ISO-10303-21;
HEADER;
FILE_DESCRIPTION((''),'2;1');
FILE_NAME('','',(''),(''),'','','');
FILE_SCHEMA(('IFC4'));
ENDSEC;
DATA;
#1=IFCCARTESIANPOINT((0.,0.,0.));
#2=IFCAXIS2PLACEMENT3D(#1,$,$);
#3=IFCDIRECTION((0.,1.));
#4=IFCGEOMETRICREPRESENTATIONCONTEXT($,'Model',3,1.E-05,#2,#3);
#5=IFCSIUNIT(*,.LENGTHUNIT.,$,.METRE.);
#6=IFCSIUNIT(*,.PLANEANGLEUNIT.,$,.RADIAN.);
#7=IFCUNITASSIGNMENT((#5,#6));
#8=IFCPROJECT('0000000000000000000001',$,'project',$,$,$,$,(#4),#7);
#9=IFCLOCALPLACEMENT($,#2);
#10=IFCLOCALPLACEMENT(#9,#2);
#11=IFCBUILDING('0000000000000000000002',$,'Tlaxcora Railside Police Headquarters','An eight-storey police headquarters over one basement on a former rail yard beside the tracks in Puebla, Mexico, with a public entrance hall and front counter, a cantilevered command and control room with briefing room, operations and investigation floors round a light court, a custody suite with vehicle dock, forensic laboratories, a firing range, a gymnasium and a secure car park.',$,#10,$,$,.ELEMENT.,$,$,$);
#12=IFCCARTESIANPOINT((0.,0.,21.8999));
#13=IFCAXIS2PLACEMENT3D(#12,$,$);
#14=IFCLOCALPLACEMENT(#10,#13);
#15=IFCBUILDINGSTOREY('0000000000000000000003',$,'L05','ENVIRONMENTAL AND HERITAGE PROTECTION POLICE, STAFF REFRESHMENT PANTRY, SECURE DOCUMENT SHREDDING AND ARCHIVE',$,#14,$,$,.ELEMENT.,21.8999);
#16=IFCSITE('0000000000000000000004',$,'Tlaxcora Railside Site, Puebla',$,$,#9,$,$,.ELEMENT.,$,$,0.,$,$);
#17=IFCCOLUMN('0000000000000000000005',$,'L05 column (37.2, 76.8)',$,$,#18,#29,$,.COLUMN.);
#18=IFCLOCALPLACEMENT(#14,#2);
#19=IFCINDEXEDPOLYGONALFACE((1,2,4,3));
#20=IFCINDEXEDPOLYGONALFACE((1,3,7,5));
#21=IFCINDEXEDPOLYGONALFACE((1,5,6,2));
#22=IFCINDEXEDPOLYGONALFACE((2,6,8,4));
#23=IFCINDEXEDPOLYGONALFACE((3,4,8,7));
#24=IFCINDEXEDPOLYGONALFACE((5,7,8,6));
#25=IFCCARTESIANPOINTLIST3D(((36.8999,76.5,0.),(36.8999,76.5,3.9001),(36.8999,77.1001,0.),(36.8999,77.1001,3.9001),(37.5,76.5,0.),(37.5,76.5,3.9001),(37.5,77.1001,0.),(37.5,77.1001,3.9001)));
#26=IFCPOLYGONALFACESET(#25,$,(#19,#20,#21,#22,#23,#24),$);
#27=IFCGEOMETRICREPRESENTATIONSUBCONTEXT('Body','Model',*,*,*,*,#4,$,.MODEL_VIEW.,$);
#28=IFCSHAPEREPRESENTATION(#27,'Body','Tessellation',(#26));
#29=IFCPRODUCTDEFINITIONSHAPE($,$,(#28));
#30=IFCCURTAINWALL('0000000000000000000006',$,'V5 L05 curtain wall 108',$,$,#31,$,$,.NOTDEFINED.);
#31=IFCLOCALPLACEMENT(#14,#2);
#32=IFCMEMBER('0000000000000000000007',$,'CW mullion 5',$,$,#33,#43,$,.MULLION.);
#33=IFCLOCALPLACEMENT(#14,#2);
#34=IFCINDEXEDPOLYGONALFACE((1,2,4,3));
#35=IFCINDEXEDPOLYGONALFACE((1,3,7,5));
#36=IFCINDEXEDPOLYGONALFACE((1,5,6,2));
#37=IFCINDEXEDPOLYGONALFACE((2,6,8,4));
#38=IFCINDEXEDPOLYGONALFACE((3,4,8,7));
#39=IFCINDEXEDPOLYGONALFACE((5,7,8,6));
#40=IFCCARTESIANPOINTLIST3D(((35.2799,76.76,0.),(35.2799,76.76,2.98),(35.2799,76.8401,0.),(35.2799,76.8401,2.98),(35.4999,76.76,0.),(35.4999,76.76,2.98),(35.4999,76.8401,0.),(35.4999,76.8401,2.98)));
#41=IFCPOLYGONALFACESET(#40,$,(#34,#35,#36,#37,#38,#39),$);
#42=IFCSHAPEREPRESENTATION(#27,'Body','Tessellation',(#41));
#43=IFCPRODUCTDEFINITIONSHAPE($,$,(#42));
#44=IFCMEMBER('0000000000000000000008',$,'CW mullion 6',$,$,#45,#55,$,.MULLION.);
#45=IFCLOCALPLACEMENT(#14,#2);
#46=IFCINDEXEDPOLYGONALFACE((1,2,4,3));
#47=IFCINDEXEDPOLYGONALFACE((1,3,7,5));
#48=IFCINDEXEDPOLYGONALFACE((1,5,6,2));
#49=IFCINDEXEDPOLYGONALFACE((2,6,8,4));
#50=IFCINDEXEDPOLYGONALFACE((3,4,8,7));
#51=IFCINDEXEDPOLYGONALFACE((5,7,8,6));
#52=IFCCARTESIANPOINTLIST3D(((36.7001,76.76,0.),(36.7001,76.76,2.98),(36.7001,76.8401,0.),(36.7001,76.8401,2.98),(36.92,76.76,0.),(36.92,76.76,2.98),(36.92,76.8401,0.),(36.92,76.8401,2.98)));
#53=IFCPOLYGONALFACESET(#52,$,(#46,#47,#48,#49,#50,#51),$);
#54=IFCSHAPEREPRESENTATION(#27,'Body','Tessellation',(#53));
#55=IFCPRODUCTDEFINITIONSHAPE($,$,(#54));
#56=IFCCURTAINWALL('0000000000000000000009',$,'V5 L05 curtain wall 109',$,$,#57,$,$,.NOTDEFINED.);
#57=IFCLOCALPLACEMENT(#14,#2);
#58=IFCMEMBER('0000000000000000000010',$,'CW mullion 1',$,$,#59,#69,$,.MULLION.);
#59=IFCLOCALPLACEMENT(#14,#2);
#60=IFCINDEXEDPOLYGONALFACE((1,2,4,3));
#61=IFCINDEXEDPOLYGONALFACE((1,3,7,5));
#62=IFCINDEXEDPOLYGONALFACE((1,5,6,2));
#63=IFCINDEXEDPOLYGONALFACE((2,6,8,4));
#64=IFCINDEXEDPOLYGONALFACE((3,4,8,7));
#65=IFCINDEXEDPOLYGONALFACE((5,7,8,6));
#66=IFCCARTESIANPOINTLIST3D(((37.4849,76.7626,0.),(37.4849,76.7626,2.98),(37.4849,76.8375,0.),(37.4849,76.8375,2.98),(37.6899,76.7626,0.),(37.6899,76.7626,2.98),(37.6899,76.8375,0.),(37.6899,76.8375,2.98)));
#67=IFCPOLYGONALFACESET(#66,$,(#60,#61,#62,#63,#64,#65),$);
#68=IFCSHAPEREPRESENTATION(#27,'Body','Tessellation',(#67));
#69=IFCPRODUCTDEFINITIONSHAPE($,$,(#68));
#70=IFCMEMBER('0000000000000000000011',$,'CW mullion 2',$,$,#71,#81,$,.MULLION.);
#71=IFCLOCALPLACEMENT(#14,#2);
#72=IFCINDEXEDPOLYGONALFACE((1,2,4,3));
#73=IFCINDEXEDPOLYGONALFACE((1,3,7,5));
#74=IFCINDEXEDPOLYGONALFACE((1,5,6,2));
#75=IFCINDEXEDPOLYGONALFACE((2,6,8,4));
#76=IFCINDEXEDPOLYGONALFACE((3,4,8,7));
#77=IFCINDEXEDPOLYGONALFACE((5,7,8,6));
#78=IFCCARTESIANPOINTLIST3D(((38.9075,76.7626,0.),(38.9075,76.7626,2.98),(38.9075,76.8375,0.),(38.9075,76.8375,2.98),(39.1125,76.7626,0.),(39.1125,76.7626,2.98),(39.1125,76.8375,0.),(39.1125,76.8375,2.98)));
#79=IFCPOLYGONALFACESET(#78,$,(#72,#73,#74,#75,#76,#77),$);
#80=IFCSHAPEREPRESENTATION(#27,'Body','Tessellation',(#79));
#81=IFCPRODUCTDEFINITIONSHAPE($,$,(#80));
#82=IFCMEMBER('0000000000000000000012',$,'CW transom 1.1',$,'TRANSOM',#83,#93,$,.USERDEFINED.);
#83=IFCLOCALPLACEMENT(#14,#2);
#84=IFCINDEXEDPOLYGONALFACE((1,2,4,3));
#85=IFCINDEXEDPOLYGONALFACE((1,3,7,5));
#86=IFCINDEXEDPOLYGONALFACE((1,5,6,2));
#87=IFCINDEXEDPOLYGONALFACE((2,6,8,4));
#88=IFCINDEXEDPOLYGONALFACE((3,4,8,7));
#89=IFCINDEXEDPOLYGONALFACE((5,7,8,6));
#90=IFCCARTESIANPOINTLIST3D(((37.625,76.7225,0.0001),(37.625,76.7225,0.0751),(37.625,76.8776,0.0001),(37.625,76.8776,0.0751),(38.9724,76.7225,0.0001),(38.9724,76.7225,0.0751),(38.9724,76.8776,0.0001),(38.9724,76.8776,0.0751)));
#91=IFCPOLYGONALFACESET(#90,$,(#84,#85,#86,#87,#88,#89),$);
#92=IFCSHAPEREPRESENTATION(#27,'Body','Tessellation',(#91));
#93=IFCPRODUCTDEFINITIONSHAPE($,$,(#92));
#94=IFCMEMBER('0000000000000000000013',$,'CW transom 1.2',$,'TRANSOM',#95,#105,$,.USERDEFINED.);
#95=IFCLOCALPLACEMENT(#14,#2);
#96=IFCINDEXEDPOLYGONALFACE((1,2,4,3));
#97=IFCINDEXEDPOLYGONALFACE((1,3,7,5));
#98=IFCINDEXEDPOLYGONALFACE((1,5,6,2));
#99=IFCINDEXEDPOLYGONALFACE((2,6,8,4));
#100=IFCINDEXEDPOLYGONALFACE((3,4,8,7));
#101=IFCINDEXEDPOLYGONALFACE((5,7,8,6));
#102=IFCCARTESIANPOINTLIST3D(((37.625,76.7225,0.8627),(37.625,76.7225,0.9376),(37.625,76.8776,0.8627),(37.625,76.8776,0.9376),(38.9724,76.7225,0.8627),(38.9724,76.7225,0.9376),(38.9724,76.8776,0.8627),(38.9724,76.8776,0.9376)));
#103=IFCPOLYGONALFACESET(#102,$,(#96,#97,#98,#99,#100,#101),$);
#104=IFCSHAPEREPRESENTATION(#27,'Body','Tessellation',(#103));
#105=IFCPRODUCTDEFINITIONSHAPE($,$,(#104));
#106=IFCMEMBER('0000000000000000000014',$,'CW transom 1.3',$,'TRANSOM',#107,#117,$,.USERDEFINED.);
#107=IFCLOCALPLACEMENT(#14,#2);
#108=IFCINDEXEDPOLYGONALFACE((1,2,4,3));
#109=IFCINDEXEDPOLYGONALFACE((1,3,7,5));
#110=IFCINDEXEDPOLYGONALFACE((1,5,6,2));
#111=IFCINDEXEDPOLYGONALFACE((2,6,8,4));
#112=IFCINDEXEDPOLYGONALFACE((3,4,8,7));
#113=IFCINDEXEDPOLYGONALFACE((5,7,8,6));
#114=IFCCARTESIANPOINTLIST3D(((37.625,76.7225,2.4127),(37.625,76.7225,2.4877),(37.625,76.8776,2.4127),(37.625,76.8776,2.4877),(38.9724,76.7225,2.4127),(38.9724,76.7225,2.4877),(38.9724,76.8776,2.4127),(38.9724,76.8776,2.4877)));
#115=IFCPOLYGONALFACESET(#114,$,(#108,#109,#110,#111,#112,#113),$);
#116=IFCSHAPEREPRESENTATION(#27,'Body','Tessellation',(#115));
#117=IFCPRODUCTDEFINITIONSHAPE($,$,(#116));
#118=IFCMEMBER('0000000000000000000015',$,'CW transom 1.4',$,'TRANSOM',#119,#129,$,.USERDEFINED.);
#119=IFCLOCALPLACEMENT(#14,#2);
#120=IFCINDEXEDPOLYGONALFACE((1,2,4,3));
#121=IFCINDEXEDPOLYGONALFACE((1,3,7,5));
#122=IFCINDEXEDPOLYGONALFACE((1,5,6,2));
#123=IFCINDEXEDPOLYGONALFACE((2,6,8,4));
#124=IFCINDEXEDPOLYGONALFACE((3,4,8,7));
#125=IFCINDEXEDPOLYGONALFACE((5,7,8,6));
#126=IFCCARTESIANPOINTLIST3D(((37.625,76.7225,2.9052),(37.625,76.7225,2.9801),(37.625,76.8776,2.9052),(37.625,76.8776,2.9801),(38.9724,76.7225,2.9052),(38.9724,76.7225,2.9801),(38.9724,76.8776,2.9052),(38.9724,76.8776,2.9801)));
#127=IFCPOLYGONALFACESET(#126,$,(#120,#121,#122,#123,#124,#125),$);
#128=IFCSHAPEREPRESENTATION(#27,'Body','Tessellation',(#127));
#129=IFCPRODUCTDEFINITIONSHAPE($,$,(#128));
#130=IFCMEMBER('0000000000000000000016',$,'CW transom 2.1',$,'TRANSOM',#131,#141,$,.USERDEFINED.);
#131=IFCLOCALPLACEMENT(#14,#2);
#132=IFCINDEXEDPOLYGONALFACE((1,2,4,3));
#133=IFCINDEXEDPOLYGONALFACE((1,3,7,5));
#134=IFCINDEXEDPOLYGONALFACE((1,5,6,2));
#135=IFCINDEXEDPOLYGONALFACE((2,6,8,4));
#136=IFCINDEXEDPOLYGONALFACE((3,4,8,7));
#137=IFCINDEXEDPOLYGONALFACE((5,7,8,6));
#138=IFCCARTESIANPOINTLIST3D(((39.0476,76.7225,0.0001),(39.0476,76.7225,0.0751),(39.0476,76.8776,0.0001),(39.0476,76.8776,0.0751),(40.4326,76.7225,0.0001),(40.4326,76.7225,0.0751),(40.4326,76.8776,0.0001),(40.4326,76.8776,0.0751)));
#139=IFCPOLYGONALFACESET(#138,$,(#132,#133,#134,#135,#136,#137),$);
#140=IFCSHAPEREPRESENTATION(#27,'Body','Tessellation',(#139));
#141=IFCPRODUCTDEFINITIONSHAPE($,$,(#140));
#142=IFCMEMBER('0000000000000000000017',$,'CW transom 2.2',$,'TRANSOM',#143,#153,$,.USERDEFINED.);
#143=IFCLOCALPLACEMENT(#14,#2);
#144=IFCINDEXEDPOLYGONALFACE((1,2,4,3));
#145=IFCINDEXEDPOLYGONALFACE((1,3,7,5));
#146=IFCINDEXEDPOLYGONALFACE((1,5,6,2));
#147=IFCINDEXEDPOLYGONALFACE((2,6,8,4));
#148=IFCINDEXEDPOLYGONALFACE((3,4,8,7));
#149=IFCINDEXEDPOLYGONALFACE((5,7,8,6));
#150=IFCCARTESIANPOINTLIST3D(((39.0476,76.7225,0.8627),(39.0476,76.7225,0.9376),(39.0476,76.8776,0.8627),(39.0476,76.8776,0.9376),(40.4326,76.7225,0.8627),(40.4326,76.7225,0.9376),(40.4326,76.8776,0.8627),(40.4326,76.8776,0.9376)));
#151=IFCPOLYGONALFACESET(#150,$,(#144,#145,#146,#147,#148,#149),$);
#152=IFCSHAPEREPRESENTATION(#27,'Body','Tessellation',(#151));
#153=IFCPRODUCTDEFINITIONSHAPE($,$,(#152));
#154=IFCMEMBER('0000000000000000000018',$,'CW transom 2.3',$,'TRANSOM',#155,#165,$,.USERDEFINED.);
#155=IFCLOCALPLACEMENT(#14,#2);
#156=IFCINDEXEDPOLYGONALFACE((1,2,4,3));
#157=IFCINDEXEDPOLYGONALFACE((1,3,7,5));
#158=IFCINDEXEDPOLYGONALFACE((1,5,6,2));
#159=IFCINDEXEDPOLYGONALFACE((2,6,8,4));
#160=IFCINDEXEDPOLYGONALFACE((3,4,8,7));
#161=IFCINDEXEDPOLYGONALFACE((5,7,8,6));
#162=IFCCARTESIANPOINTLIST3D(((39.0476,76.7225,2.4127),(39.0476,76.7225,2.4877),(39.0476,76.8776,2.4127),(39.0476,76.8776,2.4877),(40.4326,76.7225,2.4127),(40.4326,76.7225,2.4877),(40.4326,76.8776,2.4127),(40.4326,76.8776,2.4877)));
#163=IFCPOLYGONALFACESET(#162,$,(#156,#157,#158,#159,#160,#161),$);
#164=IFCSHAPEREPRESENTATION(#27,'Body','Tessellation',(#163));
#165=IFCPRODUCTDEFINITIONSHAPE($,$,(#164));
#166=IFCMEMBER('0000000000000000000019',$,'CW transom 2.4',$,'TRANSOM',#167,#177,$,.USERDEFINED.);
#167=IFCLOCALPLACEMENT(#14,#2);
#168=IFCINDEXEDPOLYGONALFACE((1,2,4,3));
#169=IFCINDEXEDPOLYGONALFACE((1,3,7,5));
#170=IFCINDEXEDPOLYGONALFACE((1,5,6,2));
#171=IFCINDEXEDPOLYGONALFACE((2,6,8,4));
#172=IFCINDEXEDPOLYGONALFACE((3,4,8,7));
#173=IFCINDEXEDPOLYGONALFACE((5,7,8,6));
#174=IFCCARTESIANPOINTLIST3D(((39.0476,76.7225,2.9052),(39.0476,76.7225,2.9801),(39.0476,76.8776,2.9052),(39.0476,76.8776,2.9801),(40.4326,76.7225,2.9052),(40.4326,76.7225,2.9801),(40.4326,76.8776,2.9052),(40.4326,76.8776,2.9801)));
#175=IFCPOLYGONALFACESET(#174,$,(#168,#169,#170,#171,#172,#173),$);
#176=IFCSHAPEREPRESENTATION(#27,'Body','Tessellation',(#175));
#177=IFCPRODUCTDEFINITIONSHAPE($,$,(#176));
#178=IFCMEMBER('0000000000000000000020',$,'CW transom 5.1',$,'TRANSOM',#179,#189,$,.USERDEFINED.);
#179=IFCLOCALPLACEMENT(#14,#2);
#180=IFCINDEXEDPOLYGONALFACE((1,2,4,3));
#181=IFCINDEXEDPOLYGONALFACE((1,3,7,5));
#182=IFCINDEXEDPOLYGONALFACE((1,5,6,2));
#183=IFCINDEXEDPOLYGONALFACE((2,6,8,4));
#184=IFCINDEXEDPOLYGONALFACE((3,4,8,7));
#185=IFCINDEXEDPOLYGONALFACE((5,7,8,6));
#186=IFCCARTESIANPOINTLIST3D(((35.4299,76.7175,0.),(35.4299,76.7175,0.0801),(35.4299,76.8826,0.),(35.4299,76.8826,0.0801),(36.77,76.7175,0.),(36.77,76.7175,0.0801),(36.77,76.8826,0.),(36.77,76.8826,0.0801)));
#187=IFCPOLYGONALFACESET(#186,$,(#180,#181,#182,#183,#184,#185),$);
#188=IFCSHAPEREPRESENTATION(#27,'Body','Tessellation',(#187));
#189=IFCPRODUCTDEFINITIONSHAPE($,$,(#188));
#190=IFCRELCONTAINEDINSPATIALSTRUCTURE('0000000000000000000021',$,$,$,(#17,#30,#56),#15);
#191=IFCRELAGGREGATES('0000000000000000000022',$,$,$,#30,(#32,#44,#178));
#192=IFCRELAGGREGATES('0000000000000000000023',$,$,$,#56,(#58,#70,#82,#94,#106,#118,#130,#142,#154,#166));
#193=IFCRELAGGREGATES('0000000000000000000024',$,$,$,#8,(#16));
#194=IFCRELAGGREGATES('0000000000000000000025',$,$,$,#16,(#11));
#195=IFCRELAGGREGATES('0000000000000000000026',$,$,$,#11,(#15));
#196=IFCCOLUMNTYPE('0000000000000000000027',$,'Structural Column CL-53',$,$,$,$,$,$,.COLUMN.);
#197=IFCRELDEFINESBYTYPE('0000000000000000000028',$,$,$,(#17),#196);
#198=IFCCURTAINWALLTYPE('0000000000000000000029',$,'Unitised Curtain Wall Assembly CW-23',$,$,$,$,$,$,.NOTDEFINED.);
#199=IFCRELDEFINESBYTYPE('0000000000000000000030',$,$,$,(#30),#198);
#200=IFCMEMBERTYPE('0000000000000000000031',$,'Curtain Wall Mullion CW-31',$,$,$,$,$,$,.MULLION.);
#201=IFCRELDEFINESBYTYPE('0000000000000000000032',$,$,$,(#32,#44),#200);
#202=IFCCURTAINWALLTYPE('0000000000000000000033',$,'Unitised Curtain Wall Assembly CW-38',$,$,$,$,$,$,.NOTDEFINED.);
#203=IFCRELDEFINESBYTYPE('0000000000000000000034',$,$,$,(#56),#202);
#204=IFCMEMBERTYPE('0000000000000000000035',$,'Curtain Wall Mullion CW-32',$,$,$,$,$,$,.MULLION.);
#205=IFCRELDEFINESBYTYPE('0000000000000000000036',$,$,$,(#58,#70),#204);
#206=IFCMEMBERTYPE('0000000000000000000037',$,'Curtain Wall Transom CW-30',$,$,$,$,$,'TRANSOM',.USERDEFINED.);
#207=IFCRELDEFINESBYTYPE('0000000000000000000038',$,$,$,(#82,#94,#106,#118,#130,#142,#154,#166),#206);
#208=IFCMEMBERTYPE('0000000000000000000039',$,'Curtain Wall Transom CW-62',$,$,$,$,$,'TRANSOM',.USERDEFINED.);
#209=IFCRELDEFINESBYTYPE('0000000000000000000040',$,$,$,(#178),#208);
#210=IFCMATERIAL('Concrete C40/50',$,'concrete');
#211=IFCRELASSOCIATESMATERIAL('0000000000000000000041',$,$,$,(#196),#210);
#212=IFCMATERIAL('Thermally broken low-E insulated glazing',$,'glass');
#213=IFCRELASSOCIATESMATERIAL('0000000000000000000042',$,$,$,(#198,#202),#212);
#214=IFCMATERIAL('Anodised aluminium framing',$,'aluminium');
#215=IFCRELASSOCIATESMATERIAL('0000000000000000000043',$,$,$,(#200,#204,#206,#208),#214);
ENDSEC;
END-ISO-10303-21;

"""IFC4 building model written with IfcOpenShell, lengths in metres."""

from ifc_helpers import new_model, si_unit, direction, frame, origin, origin_2d, place, context, subcontext, project, spatial, rectangle, extrude, material, material_profile, profile_set, type_object, element, aggregate, save


model = new_model("IFC4")

# Units and contexts
model_context = context("Model", 3, precision=1e-05, world=origin(), true_north=direction((0.0, 1.0)))
body_context = subcontext(model_context, "Body", "Model", "MODEL_VIEW")
ifc_project = project(units=[si_unit("LENGTHUNIT", "METRE"), si_unit("PLANEANGLEUNIT", "RADIAN")], contexts=[model_context])

# Site, building, storey
site_placement = place(None, origin())
site = spatial("IfcSite", under=ifc_project, at=site_placement, Name="Tlaxcora Railside Site, Puebla", CompositionType="ELEMENT", RefElevation=0.0)
building_placement = place(site_placement, origin())
building = spatial("IfcBuilding", under=site, at=building_placement, Name="Tlaxcora Railside Police Headquarters", Description="An eight-storey police headquarters over one basement on a former rail yard beside the tracks in Puebla, Mexico, with a public entrance hall and front counter, a cantilevered command and control room with briefing room, operations and investigation floors round a light court, a custody suite with vehicle dock, forensic laboratories, a firing range, a gymnasium and a secure car park.", CompositionType="ELEMENT")
storey_placement = place(building_placement, frame((0.0, 0.0, 21.8999)))
storey = spatial("IfcBuildingStorey", under=building, at=storey_placement, Name="L05", Description="ENVIRONMENTAL AND HERITAGE PROTECTION POLICE, STAFF REFRESHMENT PANTRY, SECURE DOCUMENT SHREDDING AND ARCHIVE", CompositionType="ELEMENT", Elevation=21.8999)

# Column
ifc_material_1 = material(Name="Concrete C40/50", Category="concrete")
ifc_material_profile_1 = material_profile(ifc_material_1, rectangle(XDim=0.6001, YDim=0.6001, at=origin_2d()), Name="RC600X600")
ifc_profile_set_1 = profile_set([ifc_material_profile_1], Name="Concrete C40/50")
column_type = type_object("IfcColumnType", Name="Structural Column CL-53", PredefinedType="COLUMN", material=ifc_profile_set_1)
column_placement = place(storey_placement, frame((37.2, 76.8, 0.0), z_axis=(0.0, 0.0, 1.0), x_axis=(1.0, 0.0, 0.0)))
element("IfcColumn", 1, at=column_placement, inside=storey, type_object=column_type, Name="L05 column (37.2, 76.8)", PredefinedType="COLUMN", context=body_context, shape_type="SweptSolid", body=[
    extrude(rectangle(XDim=0.6001, YDim=0.6001, at=origin_2d()), origin(), (0.0, 0.0, 1.0), 3.9001),
])

# Curtain walls, members
ifc_material_2 = material(Name="Thermally broken low-E insulated glazing", Category="glass")
curtain_wall_type_1 = type_object("IfcCurtainWallType", Name="Unitised Curtain Wall Assembly CW-23", PredefinedType="NOTDEFINED", material=ifc_material_2)
curtain_wall_1_placement = place(storey_placement, origin())
curtain_wall_1 = element("IfcCurtainWall", 2, at=curtain_wall_1_placement, inside=storey, type_object=curtain_wall_type_1, Name="V5 L05 curtain wall 108", PredefinedType="NOTDEFINED")
ifc_material_3 = material(Name="Anodised aluminium framing", Category="aluminium")
ifc_material_profile_2 = material_profile(ifc_material_3, rectangle(XDim=0.0801, YDim=0.22, at=origin_2d()), Name="AL80X220")
ifc_profile_set_2 = profile_set([ifc_material_profile_2], Name="Anodised aluminium framing")
member_type_1 = type_object("IfcMemberType", Name="Curtain Wall Mullion CW-31", PredefinedType="MULLION", material=ifc_profile_set_2)
member_1_placement = place(storey_placement, frame((35.3899, 76.8, 0.0), z_axis=(0.0, 0.0, 1.0), x_axis=(0.0, 1.0, 0.0)))
member_1 = element("IfcMember", 3, at=member_1_placement, type_object=member_type_1, Name="CW mullion 5", PredefinedType="MULLION", context=body_context, shape_type="SweptSolid", body=[
    extrude(rectangle(XDim=0.0801, YDim=0.22, at=origin_2d()), origin(), (0.0, 0.0, 1.0), 2.98),
])
member_2_placement = place(storey_placement, frame((36.8101, 76.8, 0.0), z_axis=(0.0, 0.0, 1.0), x_axis=(0.0, 1.0, 0.0)))
member_2 = element("IfcMember", 4, at=member_2_placement, type_object=member_type_1, Name="CW mullion 6", PredefinedType="MULLION", context=body_context, shape_type="SweptSolid", body=[
    extrude(rectangle(XDim=0.0801, YDim=0.22, at=origin_2d()), origin(), (0.0, 0.0, 1.0), 2.98),
])
curtain_wall_type_2 = type_object("IfcCurtainWallType", Name="Unitised Curtain Wall Assembly CW-38", PredefinedType="NOTDEFINED", material=ifc_material_2)
curtain_wall_2_placement = place(storey_placement, origin())
curtain_wall_2 = element("IfcCurtainWall", 5, at=curtain_wall_2_placement, inside=storey, type_object=curtain_wall_type_2, Name="V5 L05 curtain wall 109", PredefinedType="NOTDEFINED")
ifc_material_profile_3 = material_profile(ifc_material_3, rectangle(XDim=0.075, YDim=0.2051, at=origin_2d()), Name="AL75X205")
ifc_profile_set_3 = profile_set([ifc_material_profile_3], Name="Anodised aluminium framing")
member_type_2 = type_object("IfcMemberType", Name="Curtain Wall Mullion CW-32", PredefinedType="MULLION", material=ifc_profile_set_3)
member_3_placement = place(storey_placement, frame((37.5874, 76.8, 0.0), z_axis=(0.0, 0.0, 1.0), x_axis=(0.0, 1.0, 0.0)))
member_3 = element("IfcMember", 6, at=member_3_placement, type_object=member_type_2, Name="CW mullion 1", PredefinedType="MULLION", context=body_context, shape_type="SweptSolid", body=[
    extrude(rectangle(XDim=0.075, YDim=0.2051, at=origin_2d()), origin(), (0.0, 0.0, 1.0), 2.98),
])
member_4_placement = place(storey_placement, frame((39.01, 76.8, 0.0), z_axis=(0.0, 0.0, 1.0), x_axis=(0.0, 1.0, 0.0)))
member_4 = element("IfcMember", 7, at=member_4_placement, type_object=member_type_2, Name="CW mullion 2", PredefinedType="MULLION", context=body_context, shape_type="SweptSolid", body=[
    extrude(rectangle(XDim=0.075, YDim=0.2051, at=origin_2d()), origin(), (0.0, 0.0, 1.0), 2.98),
])
ifc_material_profile_4 = material_profile(ifc_material_3, rectangle(XDim=0.155, YDim=0.075, at=origin_2d()), Name="AL75X155")
ifc_profile_set_4 = profile_set([ifc_material_profile_4], Name="Anodised aluminium framing")
member_type_3 = type_object("IfcMemberType", Name="Curtain Wall Transom CW-30", ElementType="TRANSOM", PredefinedType="USERDEFINED", material=ifc_profile_set_4)
member_5_placement = place(storey_placement, frame((37.625, 76.8, 0.0376), z_axis=(1.0, 0.0, 0.0), x_axis=(0.0, 1.0, 0.0)))
member_5 = element("IfcMember", 8, at=member_5_placement, type_object=member_type_3, Name="CW transom 1.1", ObjectType="TRANSOM", PredefinedType="USERDEFINED", context=body_context, shape_type="SweptSolid", body=[
    extrude(rectangle(XDim=0.155, YDim=0.075, at=origin_2d()), origin(), (0.0, 0.0, 1.0), 1.3474),
])
member_6_placement = place(storey_placement, frame((37.625, 76.8, 0.9001), z_axis=(1.0, 0.0, 0.0), x_axis=(0.0, 1.0, 0.0)))
member_6 = element("IfcMember", 9, at=member_6_placement, type_object=member_type_3, Name="CW transom 1.2", ObjectType="TRANSOM", PredefinedType="USERDEFINED", context=body_context, shape_type="SweptSolid", body=[
    extrude(rectangle(XDim=0.155, YDim=0.075, at=origin_2d()), origin(), (0.0, 0.0, 1.0), 1.3474),
])
member_7_placement = place(storey_placement, frame((37.625, 76.8, 2.4502), z_axis=(1.0, 0.0, 0.0), x_axis=(0.0, 1.0, 0.0)))
member_7 = element("IfcMember", 10, at=member_7_placement, type_object=member_type_3, Name="CW transom 1.3", ObjectType="TRANSOM", PredefinedType="USERDEFINED", context=body_context, shape_type="SweptSolid", body=[
    extrude(rectangle(XDim=0.155, YDim=0.075, at=origin_2d()), origin(), (0.0, 0.0, 1.0), 1.3474),
])
member_8_placement = place(storey_placement, frame((37.625, 76.8, 2.9426), z_axis=(1.0, 0.0, 0.0), x_axis=(0.0, 1.0, 0.0)))
member_8 = element("IfcMember", 11, at=member_8_placement, type_object=member_type_3, Name="CW transom 1.4", ObjectType="TRANSOM", PredefinedType="USERDEFINED", context=body_context, shape_type="SweptSolid", body=[
    extrude(rectangle(XDim=0.155, YDim=0.075, at=origin_2d()), origin(), (0.0, 0.0, 1.0), 1.3474),
])
member_9_placement = place(storey_placement, frame((39.0476, 76.8, 0.0376), z_axis=(1.0, 0.0, 0.0), x_axis=(0.0, 1.0, 0.0)))
member_9 = element("IfcMember", 12, at=member_9_placement, type_object=member_type_3, Name="CW transom 2.1", ObjectType="TRANSOM", PredefinedType="USERDEFINED", context=body_context, shape_type="SweptSolid", body=[
    extrude(rectangle(XDim=0.155, YDim=0.075, at=origin_2d()), origin(), (0.0, 0.0, 1.0), 1.385),
])
member_10_placement = place(storey_placement, frame((39.0476, 76.8, 0.9001), z_axis=(1.0, 0.0, 0.0), x_axis=(0.0, 1.0, 0.0)))
member_10 = element("IfcMember", 13, at=member_10_placement, type_object=member_type_3, Name="CW transom 2.2", ObjectType="TRANSOM", PredefinedType="USERDEFINED", context=body_context, shape_type="SweptSolid", body=[
    extrude(rectangle(XDim=0.155, YDim=0.075, at=origin_2d()), origin(), (0.0, 0.0, 1.0), 1.385),
])
member_11_placement = place(storey_placement, frame((39.0476, 76.8, 2.4502), z_axis=(1.0, 0.0, 0.0), x_axis=(0.0, 1.0, 0.0)))
member_11 = element("IfcMember", 14, at=member_11_placement, type_object=member_type_3, Name="CW transom 2.3", ObjectType="TRANSOM", PredefinedType="USERDEFINED", context=body_context, shape_type="SweptSolid", body=[
    extrude(rectangle(XDim=0.155, YDim=0.075, at=origin_2d()), origin(), (0.0, 0.0, 1.0), 1.385),
])
member_12_placement = place(storey_placement, frame((39.0476, 76.8, 2.9426), z_axis=(1.0, 0.0, 0.0), x_axis=(0.0, 1.0, 0.0)))
member_12 = element("IfcMember", 15, at=member_12_placement, type_object=member_type_3, Name="CW transom 2.4", ObjectType="TRANSOM", PredefinedType="USERDEFINED", context=body_context, shape_type="SweptSolid", body=[
    extrude(rectangle(XDim=0.155, YDim=0.075, at=origin_2d()), origin(), (0.0, 0.0, 1.0), 1.385),
])

# Member
ifc_material_profile_5 = material_profile(ifc_material_3, rectangle(XDim=0.165, YDim=0.0801, at=origin_2d()), Name="AL80X165")
ifc_profile_set_5 = profile_set([ifc_material_profile_5], Name="Anodised aluminium framing")
member_type_4 = type_object("IfcMemberType", Name="Curtain Wall Transom CW-62", ElementType="TRANSOM", PredefinedType="USERDEFINED", material=ifc_profile_set_5)
member_13_placement = place(storey_placement, frame((35.4299, 76.8, 0.04), z_axis=(1.0, 0.0, 0.0), x_axis=(0.0, 1.0, 0.0)))
member_13 = element("IfcMember", 16, at=member_13_placement, type_object=member_type_4, Name="CW transom 5.1", ObjectType="TRANSOM", PredefinedType="USERDEFINED", context=body_context, shape_type="SweptSolid", body=[
    extrude(rectangle(XDim=0.165, YDim=0.0801, at=origin_2d()), origin(), (0.0, 0.0, 1.0), 1.3401),
])

aggregate(curtain_wall_1, [member_1, member_2, member_13])
aggregate(curtain_wall_2, [member_3, member_4, member_5, member_6, member_7, member_8, member_9, member_10, member_11, member_12])

save(model, "model.ifc")
